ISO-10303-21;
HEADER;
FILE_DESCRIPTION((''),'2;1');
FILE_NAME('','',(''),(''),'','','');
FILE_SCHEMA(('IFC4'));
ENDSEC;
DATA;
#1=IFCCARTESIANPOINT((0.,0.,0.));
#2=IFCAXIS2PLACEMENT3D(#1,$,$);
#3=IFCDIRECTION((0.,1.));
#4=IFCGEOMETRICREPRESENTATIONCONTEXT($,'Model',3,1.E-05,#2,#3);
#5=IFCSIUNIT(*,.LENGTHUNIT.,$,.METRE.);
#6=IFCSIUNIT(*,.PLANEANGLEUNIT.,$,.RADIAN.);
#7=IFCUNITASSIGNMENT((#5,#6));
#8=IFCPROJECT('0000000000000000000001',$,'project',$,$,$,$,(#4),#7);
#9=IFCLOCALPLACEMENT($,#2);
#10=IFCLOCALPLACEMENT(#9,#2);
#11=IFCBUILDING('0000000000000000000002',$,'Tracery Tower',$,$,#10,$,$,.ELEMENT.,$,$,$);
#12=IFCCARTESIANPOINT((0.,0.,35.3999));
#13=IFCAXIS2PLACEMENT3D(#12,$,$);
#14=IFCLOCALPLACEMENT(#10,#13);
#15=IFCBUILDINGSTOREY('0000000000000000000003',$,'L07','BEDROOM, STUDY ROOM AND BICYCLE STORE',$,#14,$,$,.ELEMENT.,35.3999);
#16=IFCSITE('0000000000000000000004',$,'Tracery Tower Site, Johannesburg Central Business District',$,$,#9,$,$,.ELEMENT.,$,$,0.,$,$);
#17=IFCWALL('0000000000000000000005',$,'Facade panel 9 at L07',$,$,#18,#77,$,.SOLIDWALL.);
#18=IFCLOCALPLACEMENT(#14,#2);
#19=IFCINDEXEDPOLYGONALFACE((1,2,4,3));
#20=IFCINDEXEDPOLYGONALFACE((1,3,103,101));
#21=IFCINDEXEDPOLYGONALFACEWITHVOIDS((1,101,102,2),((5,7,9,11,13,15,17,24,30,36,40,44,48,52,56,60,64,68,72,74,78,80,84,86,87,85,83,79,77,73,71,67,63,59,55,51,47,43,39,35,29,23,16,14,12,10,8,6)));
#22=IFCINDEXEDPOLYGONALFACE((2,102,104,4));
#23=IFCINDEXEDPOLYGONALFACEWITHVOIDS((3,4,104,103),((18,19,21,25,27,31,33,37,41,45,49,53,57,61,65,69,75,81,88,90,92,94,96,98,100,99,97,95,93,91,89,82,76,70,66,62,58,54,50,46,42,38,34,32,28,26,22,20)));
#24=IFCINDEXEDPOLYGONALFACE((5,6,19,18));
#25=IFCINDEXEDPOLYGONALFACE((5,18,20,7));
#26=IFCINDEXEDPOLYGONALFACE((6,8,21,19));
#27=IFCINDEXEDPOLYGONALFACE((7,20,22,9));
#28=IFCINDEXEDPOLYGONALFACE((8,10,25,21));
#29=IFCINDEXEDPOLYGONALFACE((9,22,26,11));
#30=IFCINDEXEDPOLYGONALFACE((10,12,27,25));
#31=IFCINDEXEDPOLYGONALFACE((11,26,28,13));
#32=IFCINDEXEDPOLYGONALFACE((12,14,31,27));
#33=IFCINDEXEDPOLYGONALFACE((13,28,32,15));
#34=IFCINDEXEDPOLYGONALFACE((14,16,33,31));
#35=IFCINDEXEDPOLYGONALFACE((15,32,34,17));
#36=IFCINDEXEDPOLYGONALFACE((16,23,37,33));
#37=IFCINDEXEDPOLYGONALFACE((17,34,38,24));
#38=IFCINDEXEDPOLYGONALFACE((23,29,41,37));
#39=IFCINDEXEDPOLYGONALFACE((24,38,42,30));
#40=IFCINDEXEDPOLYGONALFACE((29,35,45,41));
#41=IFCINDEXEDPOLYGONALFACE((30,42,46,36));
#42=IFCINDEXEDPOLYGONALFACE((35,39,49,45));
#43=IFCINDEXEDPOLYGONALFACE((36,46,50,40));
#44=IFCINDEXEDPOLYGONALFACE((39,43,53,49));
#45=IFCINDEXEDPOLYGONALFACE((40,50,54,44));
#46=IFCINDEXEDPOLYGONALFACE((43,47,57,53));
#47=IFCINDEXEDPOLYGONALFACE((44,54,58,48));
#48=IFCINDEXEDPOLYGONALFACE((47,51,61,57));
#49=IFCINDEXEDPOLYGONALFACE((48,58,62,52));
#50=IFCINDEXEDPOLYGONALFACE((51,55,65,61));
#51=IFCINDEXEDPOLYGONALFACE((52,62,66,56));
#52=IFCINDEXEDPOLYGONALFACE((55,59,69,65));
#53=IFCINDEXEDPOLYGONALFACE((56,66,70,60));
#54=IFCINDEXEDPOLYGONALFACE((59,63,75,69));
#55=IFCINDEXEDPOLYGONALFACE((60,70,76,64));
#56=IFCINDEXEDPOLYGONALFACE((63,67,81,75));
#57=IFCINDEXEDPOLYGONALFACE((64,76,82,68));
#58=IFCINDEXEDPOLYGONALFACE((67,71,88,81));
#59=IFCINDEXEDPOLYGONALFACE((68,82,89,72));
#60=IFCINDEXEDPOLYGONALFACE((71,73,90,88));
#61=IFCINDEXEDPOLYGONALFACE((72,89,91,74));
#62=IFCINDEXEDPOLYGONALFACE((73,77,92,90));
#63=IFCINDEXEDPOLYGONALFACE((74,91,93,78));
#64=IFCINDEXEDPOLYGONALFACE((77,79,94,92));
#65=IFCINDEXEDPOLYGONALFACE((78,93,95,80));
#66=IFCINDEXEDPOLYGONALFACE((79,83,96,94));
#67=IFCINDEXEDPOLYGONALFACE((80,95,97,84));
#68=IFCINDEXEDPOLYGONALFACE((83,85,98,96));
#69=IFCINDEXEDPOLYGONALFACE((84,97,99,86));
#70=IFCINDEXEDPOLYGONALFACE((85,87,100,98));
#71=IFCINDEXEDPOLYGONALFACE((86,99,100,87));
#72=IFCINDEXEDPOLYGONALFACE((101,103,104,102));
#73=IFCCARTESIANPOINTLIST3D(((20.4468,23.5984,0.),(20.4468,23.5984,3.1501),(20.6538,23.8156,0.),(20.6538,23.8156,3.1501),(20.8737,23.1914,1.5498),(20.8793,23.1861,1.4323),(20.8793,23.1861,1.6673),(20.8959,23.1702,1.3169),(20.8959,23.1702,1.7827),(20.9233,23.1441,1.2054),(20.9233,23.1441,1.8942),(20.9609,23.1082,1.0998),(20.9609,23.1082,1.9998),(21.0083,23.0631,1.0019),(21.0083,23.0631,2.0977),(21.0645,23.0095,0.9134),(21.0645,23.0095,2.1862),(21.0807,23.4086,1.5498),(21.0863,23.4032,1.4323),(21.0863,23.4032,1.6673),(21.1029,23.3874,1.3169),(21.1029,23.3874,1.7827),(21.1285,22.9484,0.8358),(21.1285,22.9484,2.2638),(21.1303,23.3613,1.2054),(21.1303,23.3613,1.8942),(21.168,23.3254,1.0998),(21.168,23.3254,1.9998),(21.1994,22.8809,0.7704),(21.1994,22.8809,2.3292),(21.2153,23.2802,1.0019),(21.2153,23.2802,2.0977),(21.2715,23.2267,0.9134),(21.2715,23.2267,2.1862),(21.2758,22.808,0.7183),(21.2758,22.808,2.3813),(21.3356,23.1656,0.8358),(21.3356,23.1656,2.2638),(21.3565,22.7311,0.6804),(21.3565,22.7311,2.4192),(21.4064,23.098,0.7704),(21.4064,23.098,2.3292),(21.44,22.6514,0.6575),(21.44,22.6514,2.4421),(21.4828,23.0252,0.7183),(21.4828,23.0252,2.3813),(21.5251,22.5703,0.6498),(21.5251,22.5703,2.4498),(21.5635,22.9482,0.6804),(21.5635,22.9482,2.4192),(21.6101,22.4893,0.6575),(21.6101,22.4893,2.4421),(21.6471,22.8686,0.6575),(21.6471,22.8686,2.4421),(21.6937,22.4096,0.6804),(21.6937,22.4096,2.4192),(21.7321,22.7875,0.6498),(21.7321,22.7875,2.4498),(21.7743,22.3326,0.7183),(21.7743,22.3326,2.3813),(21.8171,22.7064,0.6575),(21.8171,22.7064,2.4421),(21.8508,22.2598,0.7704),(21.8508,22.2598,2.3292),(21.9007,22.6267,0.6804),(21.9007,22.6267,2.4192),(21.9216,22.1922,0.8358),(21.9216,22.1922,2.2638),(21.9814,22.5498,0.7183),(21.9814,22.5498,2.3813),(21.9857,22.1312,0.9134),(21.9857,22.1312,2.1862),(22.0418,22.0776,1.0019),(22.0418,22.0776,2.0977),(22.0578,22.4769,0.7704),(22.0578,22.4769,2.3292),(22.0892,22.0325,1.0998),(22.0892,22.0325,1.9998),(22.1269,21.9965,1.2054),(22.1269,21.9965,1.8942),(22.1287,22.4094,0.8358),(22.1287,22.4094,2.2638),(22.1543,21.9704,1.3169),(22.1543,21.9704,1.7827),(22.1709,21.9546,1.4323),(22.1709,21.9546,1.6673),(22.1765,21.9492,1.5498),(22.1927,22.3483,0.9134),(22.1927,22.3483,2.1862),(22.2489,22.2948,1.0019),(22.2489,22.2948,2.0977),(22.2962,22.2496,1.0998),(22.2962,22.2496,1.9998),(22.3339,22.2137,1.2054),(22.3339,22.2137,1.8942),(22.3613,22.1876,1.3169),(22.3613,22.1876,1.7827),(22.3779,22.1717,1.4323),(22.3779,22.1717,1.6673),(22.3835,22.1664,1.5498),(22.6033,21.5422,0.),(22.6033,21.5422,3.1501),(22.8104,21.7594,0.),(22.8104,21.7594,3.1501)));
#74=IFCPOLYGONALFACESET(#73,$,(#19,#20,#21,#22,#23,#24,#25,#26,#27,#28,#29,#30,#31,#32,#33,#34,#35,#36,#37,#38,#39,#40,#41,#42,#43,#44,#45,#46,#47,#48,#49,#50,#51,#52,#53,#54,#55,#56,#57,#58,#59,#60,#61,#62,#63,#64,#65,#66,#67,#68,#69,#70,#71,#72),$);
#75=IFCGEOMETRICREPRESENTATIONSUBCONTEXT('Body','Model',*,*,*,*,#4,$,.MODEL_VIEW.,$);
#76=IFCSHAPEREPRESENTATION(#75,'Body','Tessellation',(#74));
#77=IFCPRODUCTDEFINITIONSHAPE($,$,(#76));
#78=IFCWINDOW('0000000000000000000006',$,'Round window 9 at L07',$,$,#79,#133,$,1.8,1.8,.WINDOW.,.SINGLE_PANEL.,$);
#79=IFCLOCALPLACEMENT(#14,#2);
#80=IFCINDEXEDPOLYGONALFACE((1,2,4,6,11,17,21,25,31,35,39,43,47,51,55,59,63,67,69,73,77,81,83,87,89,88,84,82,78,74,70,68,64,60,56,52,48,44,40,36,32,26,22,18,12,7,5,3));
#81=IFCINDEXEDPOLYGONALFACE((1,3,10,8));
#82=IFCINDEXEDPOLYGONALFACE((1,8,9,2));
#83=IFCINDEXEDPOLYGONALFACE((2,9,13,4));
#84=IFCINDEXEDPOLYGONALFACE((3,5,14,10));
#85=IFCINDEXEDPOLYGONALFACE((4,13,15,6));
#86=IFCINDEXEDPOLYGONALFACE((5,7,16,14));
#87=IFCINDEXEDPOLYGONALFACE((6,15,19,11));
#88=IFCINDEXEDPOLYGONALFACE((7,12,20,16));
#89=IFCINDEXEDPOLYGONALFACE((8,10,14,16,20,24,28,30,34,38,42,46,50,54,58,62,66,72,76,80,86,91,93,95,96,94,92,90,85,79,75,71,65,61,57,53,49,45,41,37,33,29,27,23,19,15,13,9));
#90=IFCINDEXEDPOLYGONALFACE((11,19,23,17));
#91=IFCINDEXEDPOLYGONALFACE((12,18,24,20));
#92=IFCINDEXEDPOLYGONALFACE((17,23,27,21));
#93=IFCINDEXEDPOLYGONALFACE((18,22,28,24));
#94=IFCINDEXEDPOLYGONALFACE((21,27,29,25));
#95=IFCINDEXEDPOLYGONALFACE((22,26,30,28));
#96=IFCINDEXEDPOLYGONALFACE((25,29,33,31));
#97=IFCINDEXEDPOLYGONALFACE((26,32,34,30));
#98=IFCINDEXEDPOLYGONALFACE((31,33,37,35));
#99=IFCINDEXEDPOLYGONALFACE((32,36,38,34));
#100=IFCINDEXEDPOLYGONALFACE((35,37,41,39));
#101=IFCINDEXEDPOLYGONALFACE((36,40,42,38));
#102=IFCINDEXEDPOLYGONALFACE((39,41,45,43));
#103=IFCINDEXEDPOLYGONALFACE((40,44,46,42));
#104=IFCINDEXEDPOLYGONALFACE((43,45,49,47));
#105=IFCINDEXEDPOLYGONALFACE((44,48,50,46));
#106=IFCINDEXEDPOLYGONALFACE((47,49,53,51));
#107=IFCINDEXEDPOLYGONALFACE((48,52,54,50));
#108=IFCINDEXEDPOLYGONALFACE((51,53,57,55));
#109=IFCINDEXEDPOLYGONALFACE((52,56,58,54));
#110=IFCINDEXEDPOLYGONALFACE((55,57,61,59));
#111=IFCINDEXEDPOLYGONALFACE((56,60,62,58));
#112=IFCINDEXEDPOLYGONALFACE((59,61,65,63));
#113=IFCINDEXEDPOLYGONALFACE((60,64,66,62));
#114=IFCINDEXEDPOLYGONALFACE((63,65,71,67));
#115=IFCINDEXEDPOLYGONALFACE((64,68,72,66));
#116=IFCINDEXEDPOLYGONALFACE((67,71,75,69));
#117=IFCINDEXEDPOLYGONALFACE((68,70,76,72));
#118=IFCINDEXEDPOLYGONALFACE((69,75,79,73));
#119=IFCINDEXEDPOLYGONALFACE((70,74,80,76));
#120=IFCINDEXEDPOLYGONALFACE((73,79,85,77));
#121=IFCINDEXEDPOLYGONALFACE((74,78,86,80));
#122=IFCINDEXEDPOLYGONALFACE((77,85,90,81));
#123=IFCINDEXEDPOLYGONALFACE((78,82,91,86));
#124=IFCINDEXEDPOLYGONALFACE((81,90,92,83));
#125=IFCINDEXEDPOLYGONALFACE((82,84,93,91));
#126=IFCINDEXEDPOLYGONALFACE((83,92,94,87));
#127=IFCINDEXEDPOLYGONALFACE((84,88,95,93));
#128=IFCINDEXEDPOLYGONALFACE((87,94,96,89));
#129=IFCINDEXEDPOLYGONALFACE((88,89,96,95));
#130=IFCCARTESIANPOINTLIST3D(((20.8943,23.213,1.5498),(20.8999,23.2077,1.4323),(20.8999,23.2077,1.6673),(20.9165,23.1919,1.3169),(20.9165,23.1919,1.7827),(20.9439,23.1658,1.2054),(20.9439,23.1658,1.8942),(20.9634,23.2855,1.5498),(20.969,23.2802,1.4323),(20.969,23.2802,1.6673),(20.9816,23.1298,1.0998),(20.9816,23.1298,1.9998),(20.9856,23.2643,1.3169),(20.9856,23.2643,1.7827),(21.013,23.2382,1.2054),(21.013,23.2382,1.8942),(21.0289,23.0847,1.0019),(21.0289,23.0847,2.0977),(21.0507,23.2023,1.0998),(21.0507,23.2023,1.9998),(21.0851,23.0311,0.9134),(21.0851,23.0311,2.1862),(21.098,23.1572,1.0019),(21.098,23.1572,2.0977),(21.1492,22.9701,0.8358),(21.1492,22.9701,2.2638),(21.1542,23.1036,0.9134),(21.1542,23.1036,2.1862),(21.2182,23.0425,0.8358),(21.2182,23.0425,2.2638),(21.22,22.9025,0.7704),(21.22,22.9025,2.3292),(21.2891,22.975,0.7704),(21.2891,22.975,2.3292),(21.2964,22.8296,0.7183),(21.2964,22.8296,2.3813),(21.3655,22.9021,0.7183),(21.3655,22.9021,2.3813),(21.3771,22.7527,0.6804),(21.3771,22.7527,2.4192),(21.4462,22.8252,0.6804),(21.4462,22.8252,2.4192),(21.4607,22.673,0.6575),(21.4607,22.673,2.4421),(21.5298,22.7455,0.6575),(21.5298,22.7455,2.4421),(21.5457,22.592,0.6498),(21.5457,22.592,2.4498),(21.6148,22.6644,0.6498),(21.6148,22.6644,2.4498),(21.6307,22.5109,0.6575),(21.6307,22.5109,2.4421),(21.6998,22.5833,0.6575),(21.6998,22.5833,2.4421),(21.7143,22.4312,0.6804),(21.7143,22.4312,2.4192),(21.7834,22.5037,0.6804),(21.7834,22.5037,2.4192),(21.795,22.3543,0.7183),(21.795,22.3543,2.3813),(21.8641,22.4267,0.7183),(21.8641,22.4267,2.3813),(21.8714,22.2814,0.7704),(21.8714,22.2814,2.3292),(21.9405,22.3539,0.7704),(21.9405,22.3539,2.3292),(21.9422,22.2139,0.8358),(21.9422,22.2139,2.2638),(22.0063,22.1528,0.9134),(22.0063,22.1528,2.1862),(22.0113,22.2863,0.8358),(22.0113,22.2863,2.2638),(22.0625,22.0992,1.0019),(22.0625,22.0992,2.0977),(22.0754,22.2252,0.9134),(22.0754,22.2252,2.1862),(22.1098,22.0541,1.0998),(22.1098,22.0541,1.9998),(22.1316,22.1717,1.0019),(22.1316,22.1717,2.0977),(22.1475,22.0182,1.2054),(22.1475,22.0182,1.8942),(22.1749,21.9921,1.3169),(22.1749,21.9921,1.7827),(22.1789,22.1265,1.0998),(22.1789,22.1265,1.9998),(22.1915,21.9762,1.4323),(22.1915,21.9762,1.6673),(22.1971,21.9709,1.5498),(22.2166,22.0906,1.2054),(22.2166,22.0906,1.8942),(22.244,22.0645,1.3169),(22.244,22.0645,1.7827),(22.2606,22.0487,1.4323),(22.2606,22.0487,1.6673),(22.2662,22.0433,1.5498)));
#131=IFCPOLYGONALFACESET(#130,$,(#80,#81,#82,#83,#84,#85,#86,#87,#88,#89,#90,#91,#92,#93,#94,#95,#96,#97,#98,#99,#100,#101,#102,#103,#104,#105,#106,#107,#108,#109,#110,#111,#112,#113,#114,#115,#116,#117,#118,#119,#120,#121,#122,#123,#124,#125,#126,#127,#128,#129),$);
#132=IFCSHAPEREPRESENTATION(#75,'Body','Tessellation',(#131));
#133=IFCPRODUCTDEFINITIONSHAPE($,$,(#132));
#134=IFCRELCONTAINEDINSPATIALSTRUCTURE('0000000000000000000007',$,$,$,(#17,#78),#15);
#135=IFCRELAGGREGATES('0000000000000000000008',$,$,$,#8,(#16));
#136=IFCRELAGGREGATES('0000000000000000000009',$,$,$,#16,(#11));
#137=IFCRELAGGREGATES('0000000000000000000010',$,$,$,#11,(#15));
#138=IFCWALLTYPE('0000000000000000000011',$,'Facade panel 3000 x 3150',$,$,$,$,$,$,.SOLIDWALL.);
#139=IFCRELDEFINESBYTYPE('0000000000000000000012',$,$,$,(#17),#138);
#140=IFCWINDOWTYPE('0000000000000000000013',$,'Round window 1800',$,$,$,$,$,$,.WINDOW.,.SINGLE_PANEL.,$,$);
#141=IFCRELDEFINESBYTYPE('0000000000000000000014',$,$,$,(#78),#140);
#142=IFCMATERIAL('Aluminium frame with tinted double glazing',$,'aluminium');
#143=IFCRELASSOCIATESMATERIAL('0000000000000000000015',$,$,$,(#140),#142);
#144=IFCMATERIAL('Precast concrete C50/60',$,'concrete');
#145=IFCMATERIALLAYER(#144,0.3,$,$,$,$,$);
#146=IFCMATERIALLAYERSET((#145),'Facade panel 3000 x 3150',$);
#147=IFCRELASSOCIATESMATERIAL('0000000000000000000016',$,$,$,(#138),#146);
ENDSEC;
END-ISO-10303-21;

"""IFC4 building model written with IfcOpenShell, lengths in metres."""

from ifc_helpers import new_model, si_unit, direction, frame, frame_2d, origin, origin_2d, place, context, subcontext, project, spatial, rectangle, circle, extrude, material, layer, layer_set, type_object, element, fill, save


model = new_model("IFC4")

# Units and contexts
model_context = context("Model", 3, precision=1e-05, world=origin(), true_north=direction((0.0, 1.0)))
body_context = subcontext(model_context, "Body", "Model", "MODEL_VIEW")
ifc_project = project(units=[si_unit("LENGTHUNIT", "METRE"), si_unit("PLANEANGLEUNIT", "RADIAN")], contexts=[model_context])

# Site, building, storey
site_placement = place(None, origin())
site = spatial("IfcSite", under=ifc_project, at=site_placement, Name="Tracery Tower Site, Johannesburg Central Business District", CompositionType="ELEMENT", RefElevation=0.0)
building_placement = place(site_placement, origin())
building = spatial("IfcBuilding", under=site, at=building_placement, Name="Tracery Tower", CompositionType="ELEMENT")
storey_placement = place(building_placement, frame((0.0, 0.0, 35.3999)))
storey = spatial("IfcBuildingStorey", under=building, at=storey_placement, Name="L07", Description="BEDROOM, STUDY ROOM AND BICYCLE STORE", CompositionType="ELEMENT", Elevation=35.3999)

# Wall, opening, window
ifc_material_1 = material(Name="Aluminium frame with tinted double glazing", Category="aluminium")
window_type = type_object("IfcWindowType", Name="Round window 1800", PartitioningType="SINGLE_PANEL", PredefinedType="WINDOW", material=ifc_material_1)
ifc_material_2 = material(Name="Precast concrete C50/60", Category="concrete")
ifc_layer_1 = layer(ifc_material_2, 0.3)
ifc_layer_set_1 = layer_set([ifc_layer_1], Name="Facade panel 3000 x 3150")
wall_type_1 = type_object("IfcWallType", Name="Facade panel 3000 x 3150", PredefinedType="SOLIDWALL", material=ifc_layer_set_1)
wall_1_placement = place(storey_placement, frame((22.7068, 21.6509, 0.0), z_axis=(0.0, 0.0, 1.0), x_axis=(-0.723744, 0.690068, 0.0)))
wall_1 = element("IfcWall", 1, at=wall_1_placement, inside=storey, type_object=wall_type_1, Name="Facade panel 9 at L07", PredefinedType="SOLIDWALL", context=body_context, shape_type="SweptSolid", body=[
    extrude(rectangle(XDim=2.9797, YDim=0.3, at=frame_2d((1.4897, 0.0))), origin(), (0.0, 0.0, 1.0), 3.1501),
])
opening_1_placement = place(wall_1_placement, frame((1.4897, 0.0, 1.5498)))
opening_1 = element("IfcOpeningElement", 2, at=opening_1_placement, cuts=wall_1, PredefinedType="OPENING", context=body_context, shape_type="SweptSolid", body=[
    extrude(circle(Radius=0.9, at=origin_2d()), frame((0.0, 0.1599, 0.0), z_axis=(0.0, -1.0, 0.0), x_axis=(1.0, 0.0, 0.0)), (0.0, 0.0, 1.0), 0.3201),
])
window_1_placement = place(opening_1_placement, origin())
window_1 = element("IfcWindow", 3, at=window_1_placement, inside=storey, type_object=window_type, Name="Round window 9 at L07", OverallHeight=1.8, OverallWidth=1.8, PartitioningType="SINGLE_PANEL", PredefinedType="WINDOW", context=body_context, shape_type="SweptSolid", body=[
    extrude(circle(Radius=0.9, at=origin_2d()), frame((0.0, 0.1201, 0.0), z_axis=(0.0, -1.0, 0.0), x_axis=(1.0, 0.0, 0.0)), (0.0, 0.0, 1.0), 0.1001),
])
fill(opening_1, window_1)

save(model, "model.ifc")
